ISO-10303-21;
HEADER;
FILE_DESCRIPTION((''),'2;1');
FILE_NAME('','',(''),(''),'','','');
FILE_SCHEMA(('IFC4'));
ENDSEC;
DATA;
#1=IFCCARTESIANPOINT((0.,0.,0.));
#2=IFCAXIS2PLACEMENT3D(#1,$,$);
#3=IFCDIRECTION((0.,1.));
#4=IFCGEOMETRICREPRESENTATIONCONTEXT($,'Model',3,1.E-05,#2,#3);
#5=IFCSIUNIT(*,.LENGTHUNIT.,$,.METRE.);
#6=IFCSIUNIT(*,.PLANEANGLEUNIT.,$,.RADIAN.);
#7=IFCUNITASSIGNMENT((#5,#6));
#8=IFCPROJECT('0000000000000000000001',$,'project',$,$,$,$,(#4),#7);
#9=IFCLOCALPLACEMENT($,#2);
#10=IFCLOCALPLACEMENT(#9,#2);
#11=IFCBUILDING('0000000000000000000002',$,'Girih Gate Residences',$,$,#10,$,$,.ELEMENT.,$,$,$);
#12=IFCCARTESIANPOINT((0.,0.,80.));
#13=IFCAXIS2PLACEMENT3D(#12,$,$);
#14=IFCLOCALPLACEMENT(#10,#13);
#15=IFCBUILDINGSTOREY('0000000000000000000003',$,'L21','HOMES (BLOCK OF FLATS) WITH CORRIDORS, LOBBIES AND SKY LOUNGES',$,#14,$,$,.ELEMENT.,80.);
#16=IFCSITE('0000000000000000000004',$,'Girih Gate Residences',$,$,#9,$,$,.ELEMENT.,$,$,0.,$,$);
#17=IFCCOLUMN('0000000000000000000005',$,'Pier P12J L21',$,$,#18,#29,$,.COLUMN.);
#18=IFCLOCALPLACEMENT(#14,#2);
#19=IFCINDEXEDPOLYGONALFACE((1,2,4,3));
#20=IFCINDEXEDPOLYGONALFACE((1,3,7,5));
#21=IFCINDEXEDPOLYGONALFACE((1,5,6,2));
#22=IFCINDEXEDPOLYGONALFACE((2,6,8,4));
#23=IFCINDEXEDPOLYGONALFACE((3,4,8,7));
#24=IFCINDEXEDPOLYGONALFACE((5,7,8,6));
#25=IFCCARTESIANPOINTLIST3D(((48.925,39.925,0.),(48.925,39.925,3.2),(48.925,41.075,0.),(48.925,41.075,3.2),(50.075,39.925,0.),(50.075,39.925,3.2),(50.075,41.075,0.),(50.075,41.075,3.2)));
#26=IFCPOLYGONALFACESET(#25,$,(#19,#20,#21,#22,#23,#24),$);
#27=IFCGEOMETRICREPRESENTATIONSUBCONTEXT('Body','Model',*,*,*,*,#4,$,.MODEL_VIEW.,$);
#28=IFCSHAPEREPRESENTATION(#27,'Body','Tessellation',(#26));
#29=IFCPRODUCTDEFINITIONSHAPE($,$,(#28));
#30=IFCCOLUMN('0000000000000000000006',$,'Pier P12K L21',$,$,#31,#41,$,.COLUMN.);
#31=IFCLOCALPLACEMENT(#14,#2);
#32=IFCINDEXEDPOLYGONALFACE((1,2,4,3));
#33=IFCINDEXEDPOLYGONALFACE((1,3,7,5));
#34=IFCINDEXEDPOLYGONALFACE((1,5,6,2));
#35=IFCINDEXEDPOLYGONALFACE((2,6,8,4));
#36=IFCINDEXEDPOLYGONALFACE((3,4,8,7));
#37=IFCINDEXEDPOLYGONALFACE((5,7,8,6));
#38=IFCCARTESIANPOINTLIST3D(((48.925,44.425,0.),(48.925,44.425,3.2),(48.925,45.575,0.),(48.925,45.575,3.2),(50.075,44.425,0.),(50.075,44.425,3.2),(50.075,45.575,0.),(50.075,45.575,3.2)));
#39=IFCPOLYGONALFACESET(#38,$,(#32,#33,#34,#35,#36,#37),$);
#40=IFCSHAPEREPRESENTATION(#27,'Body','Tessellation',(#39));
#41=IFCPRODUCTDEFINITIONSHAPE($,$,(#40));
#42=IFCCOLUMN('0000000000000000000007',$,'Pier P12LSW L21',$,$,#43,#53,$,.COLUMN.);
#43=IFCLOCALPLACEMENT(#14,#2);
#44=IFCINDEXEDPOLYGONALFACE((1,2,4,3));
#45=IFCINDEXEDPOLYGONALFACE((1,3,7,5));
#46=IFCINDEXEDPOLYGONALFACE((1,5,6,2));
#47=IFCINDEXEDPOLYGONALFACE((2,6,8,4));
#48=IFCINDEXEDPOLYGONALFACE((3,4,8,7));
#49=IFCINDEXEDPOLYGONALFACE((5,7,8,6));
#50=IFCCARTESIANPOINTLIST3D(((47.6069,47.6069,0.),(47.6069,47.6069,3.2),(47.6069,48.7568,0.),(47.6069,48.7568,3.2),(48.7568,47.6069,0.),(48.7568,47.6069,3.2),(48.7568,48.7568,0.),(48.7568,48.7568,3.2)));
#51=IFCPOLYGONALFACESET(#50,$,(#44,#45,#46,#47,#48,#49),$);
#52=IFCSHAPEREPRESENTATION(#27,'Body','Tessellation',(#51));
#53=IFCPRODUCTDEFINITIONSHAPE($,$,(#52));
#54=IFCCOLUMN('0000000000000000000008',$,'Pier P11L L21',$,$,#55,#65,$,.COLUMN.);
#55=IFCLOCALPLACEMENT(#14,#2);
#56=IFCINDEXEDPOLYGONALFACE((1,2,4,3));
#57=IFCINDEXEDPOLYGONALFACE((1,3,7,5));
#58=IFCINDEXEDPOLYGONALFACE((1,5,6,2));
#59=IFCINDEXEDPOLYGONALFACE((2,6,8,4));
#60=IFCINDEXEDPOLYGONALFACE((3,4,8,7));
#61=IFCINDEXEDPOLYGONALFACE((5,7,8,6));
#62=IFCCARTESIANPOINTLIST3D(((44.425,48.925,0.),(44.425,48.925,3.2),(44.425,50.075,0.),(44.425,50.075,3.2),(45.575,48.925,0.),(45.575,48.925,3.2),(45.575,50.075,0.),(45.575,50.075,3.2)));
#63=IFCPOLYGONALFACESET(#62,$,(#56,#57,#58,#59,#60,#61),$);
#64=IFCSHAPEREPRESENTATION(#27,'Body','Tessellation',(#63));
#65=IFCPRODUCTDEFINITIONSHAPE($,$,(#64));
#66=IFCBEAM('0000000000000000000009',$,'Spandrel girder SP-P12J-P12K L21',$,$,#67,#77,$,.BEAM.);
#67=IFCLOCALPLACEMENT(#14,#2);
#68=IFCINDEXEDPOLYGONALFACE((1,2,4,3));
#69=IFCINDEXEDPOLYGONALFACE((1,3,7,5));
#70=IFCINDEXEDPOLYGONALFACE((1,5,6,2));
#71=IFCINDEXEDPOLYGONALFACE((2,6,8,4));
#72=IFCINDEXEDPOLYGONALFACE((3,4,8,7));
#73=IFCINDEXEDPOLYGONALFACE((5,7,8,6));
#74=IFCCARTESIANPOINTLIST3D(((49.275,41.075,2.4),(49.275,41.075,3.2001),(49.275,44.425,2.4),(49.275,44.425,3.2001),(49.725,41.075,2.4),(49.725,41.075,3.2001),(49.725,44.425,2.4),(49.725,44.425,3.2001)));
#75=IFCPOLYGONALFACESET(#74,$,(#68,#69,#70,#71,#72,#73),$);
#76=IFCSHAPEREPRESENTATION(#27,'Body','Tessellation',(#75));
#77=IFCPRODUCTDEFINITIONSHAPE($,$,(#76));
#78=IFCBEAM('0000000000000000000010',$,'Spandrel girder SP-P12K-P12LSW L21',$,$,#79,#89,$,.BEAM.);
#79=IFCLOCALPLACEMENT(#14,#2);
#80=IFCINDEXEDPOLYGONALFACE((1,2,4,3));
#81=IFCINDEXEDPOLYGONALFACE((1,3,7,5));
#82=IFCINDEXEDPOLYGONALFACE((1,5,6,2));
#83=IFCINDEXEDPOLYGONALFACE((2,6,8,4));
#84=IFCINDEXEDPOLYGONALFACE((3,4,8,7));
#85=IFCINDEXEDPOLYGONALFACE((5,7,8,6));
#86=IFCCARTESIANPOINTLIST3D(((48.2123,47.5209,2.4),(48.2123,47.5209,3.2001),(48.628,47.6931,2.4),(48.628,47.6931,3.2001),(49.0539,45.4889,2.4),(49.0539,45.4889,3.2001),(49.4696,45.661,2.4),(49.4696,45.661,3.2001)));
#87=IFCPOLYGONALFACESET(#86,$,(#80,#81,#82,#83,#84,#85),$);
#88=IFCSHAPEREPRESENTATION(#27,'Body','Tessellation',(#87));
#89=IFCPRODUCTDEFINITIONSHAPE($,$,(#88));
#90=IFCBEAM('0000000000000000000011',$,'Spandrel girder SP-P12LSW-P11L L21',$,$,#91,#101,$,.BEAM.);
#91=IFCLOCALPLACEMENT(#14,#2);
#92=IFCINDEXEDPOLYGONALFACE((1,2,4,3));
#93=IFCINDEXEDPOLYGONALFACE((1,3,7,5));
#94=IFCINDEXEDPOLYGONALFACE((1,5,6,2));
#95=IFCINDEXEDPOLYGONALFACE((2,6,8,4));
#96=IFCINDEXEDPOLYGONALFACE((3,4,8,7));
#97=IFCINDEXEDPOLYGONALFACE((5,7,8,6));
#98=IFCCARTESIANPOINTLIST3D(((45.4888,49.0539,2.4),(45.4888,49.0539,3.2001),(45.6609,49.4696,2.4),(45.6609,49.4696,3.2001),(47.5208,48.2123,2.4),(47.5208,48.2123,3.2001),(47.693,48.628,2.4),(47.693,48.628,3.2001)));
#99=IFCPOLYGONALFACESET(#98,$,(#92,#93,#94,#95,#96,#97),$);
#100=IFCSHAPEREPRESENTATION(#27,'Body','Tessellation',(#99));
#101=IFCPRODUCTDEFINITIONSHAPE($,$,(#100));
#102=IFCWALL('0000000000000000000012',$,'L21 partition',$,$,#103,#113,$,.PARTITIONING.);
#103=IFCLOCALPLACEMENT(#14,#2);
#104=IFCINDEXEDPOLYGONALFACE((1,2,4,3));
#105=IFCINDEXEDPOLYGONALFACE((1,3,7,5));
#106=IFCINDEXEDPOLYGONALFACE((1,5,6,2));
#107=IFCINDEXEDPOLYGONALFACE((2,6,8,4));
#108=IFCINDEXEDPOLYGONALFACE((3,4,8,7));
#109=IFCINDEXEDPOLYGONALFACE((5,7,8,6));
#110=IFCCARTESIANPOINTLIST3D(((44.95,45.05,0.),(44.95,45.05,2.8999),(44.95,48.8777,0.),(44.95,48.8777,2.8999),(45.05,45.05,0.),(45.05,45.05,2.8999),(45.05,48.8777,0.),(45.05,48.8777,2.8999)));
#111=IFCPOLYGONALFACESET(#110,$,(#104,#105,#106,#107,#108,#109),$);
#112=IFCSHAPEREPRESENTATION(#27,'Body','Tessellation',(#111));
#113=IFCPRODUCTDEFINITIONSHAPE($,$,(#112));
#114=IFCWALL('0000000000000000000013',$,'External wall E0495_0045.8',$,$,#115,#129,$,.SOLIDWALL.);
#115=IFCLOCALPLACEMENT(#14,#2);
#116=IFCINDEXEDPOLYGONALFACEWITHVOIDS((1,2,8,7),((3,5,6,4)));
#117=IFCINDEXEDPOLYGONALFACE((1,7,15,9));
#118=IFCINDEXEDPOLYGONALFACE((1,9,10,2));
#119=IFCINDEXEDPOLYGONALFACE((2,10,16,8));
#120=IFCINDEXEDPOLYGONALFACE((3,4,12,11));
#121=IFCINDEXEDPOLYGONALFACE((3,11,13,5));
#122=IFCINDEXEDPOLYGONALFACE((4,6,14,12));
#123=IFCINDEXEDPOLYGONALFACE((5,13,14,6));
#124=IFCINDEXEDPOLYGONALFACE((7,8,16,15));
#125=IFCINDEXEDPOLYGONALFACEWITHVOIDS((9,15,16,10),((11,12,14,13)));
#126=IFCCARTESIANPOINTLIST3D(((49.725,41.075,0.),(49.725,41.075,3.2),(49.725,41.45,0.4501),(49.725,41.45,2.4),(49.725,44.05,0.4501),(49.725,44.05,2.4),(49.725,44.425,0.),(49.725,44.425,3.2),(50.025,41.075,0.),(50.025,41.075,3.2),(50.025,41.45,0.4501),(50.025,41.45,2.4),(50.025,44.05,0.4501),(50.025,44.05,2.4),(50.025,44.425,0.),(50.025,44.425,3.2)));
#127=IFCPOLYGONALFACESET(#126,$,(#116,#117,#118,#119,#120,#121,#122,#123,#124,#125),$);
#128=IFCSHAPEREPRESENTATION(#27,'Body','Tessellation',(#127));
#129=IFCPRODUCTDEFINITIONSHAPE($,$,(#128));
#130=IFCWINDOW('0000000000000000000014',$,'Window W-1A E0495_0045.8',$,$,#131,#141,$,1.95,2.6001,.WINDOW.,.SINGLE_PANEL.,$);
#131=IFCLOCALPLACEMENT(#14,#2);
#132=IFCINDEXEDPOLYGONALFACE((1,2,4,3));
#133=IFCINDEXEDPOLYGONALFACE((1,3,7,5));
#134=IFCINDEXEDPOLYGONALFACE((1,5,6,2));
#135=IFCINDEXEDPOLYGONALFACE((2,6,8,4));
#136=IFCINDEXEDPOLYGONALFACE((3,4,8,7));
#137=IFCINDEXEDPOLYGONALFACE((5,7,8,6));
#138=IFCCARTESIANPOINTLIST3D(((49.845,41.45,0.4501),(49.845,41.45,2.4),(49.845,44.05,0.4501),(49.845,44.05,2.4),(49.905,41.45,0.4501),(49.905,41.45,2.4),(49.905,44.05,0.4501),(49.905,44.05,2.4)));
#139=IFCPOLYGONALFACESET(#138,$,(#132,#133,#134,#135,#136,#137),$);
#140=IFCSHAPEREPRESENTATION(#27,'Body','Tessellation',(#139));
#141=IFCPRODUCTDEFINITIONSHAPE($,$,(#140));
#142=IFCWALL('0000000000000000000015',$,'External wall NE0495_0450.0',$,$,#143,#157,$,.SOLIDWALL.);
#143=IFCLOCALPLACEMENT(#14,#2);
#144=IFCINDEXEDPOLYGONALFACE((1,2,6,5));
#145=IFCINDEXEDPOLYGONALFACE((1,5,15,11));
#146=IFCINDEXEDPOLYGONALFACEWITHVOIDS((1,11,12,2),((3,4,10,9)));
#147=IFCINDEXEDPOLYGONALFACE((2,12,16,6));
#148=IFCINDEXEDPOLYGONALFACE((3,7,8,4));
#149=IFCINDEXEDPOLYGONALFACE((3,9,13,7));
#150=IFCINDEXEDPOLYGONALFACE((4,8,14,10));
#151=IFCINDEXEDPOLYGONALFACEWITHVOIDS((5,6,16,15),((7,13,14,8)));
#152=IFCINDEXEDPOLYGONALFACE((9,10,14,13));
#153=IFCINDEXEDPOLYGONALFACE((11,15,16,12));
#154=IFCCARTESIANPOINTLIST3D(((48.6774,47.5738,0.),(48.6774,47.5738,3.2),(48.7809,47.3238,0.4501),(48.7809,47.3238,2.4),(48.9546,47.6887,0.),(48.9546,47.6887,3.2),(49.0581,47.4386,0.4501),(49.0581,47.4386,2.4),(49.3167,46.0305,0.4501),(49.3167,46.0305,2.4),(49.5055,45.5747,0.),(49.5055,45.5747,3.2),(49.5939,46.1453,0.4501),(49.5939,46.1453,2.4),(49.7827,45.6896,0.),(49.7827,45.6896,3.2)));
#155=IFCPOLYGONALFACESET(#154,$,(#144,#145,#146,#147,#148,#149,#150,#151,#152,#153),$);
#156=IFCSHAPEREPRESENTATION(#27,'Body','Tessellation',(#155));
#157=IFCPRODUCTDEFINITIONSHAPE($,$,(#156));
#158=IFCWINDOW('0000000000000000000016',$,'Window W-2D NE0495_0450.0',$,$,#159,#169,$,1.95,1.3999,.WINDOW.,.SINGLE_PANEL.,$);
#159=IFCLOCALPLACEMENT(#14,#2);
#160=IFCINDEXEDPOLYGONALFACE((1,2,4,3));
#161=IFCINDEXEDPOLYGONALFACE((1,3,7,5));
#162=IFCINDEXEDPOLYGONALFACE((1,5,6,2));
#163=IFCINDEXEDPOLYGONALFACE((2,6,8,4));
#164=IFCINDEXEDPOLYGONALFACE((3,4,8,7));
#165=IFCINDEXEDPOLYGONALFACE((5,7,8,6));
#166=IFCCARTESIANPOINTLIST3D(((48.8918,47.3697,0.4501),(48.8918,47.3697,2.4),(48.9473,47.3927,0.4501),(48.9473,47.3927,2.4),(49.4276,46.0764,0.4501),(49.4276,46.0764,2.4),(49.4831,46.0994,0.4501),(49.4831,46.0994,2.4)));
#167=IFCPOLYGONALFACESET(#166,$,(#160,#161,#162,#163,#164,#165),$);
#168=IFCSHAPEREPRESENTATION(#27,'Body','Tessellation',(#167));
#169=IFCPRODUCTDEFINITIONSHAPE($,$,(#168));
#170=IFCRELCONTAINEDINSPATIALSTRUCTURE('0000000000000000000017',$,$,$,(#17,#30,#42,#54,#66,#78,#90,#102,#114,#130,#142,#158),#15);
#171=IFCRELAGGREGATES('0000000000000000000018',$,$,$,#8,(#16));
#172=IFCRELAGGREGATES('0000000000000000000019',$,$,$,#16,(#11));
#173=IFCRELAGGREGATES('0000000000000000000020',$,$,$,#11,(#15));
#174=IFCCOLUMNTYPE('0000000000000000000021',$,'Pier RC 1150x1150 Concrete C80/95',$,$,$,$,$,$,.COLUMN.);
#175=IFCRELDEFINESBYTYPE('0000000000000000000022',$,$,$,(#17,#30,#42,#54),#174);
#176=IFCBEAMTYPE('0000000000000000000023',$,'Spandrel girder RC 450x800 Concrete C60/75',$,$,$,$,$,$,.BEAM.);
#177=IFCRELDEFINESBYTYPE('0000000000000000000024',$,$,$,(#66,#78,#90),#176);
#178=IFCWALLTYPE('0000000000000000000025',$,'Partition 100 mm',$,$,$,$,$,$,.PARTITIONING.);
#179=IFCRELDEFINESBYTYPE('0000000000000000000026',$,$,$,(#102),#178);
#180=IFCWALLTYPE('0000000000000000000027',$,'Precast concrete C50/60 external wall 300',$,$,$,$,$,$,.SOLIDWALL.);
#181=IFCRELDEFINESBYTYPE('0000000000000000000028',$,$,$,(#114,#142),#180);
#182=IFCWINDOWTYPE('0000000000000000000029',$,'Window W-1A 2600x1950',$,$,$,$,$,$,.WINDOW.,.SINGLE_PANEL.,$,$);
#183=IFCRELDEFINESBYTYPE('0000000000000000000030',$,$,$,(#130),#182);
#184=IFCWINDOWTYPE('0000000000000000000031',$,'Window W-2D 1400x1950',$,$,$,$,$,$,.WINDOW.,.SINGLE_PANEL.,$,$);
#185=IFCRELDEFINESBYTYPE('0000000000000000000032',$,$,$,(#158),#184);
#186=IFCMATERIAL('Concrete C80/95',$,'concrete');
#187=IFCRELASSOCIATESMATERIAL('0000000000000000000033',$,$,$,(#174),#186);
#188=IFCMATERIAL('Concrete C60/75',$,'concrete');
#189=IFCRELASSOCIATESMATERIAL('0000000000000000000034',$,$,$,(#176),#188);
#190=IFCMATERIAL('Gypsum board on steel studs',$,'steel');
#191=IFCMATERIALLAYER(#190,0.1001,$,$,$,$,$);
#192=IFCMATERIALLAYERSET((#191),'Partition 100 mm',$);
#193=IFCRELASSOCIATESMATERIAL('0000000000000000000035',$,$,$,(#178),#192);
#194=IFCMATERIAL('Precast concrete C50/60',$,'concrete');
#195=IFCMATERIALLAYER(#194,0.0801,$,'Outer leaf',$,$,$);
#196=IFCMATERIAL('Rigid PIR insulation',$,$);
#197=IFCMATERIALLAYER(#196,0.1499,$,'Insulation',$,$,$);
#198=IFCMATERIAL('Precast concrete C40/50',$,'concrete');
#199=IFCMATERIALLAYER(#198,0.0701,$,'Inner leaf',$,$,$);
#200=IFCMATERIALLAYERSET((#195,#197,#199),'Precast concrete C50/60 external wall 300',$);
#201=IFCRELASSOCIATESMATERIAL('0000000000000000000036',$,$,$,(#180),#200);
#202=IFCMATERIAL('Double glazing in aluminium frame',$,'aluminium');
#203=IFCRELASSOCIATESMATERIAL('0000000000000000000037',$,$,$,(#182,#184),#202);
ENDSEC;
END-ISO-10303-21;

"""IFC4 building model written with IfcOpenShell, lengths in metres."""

from ifc_helpers import new_model, si_unit, direction, frame, frame_2d, origin, origin_2d, place, context, subcontext, project, spatial, rectangle, extrude, material, layer, layer_set, material_profile, profile_set, type_object, element, fill, save


model = new_model("IFC4")

# Units and contexts
model_context = context("Model", 3, precision=1e-05, world=origin(), true_north=direction((0.0, 1.0)))
body_context = subcontext(model_context, "Body", "Model", "MODEL_VIEW")
ifc_project = project(units=[si_unit("LENGTHUNIT", "METRE"), si_unit("PLANEANGLEUNIT", "RADIAN")], contexts=[model_context])

# Site, building, storey
site_placement = place(None, origin())
site = spatial("IfcSite", under=ifc_project, at=site_placement, Name="Girih Gate Residences", CompositionType="ELEMENT", RefElevation=0.0)
building_placement = place(site_placement, origin())
building = spatial("IfcBuilding", under=site, at=building_placement, Name="Girih Gate Residences", CompositionType="ELEMENT")
storey_placement = place(building_placement, frame((0.0, 0.0, 80.0)))
storey = spatial("IfcBuildingStorey", under=building, at=storey_placement, Name="L21", Description="HOMES (BLOCK OF FLATS) WITH CORRIDORS, LOBBIES AND SKY LOUNGES", CompositionType="ELEMENT", Elevation=80.0)

# Columns
ifc_material_1 = material(Name="Concrete C80/95", Category="concrete")
ifc_material_profile_1 = material_profile(ifc_material_1, rectangle(XDim=1.1499, YDim=1.1499, at=origin_2d()))
ifc_profile_set_1 = profile_set([ifc_material_profile_1], Name="Concrete C80/95")
column_type = type_object("IfcColumnType", Name="Pier RC 1150x1150 Concrete C80/95", PredefinedType="COLUMN", material=ifc_profile_set_1)
for number, where, z_axis, x_axis, name in (
    (1, (49.5, 40.5, 0.0), (0.0, 0.0, 1.0), (1.0, 0.0, 0.0), "Pier P12J L21"),
    (2, (49.5, 45.0, 0.0), (0.0, 0.0, 1.0), (1.0, 0.0, 0.0), "Pier P12K L21"),
    (3, (48.1819, 48.1819, 0.0), (0.0, 0.0, 1.0), (1.0, 0.0, 0.0), "Pier P12LSW L21"),
    (4, (45.0, 49.5, 0.0), (0.0, 0.0, 1.0), (1.0, 0.0, 0.0), "Pier P11L L21"),
):
    element("IfcColumn", number, at=place(storey_placement, frame(where, z_axis=z_axis, x_axis=x_axis)), inside=storey, type_object=column_type, Name=name, PredefinedType="COLUMN", context=body_context, shape_type="SweptSolid", body=[
        extrude(rectangle(XDim=1.1499, YDim=1.1499, at=origin_2d()), origin(), (0.0, 0.0, 1.0), 3.2),
    ])

# Beams
ifc_material_2 = material(Name="Concrete C60/75", Category="concrete")
ifc_material_profile_2 = material_profile(ifc_material_2, rectangle(XDim=0.45, YDim=0.8, at=origin_2d()))
ifc_profile_set_2 = profile_set([ifc_material_profile_2], Name="Concrete C60/75")
beam_type = type_object("IfcBeamType", Name="Spandrel girder RC 450x800 Concrete C60/75", PredefinedType="BEAM", material=ifc_profile_set_2)
beam_placement = place(storey_placement, frame((49.5, 41.075, 2.8), z_axis=(0.0, 1.0, 0.0), x_axis=(-1.0, 0.0, 0.0)))
element("IfcBeam", 5, at=beam_placement, inside=storey, type_object=beam_type, Name="Spandrel girder SP-P12J-P12K L21", PredefinedType="BEAM", context=body_context, shape_type="SweptSolid", body=[
    extrude(rectangle(XDim=0.45, YDim=0.8, at=origin_2d()), origin(), (0.0, 0.0, 1.0), 3.3501),
])
for number, where, z_axis, x_axis, name in (
    (6, (49.2617, 45.575, 2.8), (-0.382636, 0.923899, 0.0), (-0.923899, -0.382636, 0.0), "Spandrel girder SP-P12K-P12LSW L21"),
    (7, (47.6069, 48.4202, 2.8), (-0.923899, 0.382636, 0.0), (-0.382636, -0.923899, 0.0), "Spandrel girder SP-P12LSW-P11L L21"),
):
    element("IfcBeam", number, at=place(storey_placement, frame(where, z_axis=z_axis, x_axis=x_axis)), inside=storey, type_object=beam_type, Name=name, PredefinedType="BEAM", context=body_context, shape_type="SweptSolid", body=[
        extrude(rectangle(XDim=0.45, YDim=0.8, at=origin_2d()), origin(), (0.0, 0.0, 1.0), 2.1995),
    ])

# Wall
ifc_material_3 = material(Name="Gypsum board on steel studs", Category="steel")
ifc_layer_1 = layer(ifc_material_3, 0.1001)
ifc_layer_set_1 = layer_set([ifc_layer_1], Name="Partition 100 mm")
wall_type_1 = type_object("IfcWallType", Name="Partition 100 mm", PredefinedType="PARTITIONING", material=ifc_layer_set_1)
wall_1_placement = place(storey_placement, frame((45.0, 45.05, 0.0), z_axis=(0.0, 0.0, 1.0), x_axis=(0.0, 1.0, 0.0)))
element("IfcWall", 8, at=wall_1_placement, inside=storey, type_object=wall_type_1, Name="L21 partition", PredefinedType="PARTITIONING", context=body_context, shape_type="SweptSolid", body=[
    extrude(rectangle(XDim=3.8276, YDim=0.1001, at=frame_2d((1.9138, 0.0))), origin(), (0.0, 0.0, 1.0), 2.8999),
])

# Walls, openings, windows
ifc_material_4 = material(Name="Precast concrete C50/60", Category="concrete")
ifc_layer_2 = layer(ifc_material_4, 0.0801, Name="Outer leaf")
ifc_material_5 = material(Name="Rigid PIR insulation")
ifc_layer_3 = layer(ifc_material_5, 0.1499, Name="Insulation")
ifc_material_6 = material(Name="Precast concrete C40/50", Category="concrete")
ifc_layer_4 = layer(ifc_material_6, 0.0701, Name="Inner leaf")
ifc_layer_set_2 = layer_set([ifc_layer_2, ifc_layer_3, ifc_layer_4], Name="Precast concrete C50/60 external wall 300")
wall_type_2 = type_object("IfcWallType", Name="Precast concrete C50/60 external wall 300", PredefinedType="SOLIDWALL", material=ifc_layer_set_2)
wall_2_placement = place(storey_placement, frame((49.875, 44.425, 0.0), z_axis=(0.0, 0.0, 1.0), x_axis=(0.0, -1.0, 0.0)))
wall_2 = element("IfcWall", 9, at=wall_2_placement, inside=storey, type_object=wall_type_2, Name="External wall E0495_0045.8", PredefinedType="SOLIDWALL", context=body_context, shape_type="SweptSolid", body=[
    extrude(rectangle(XDim=3.3501, YDim=0.3, at=frame_2d((1.675, 0.0))), origin(), (0.0, 0.0, 1.0), 3.2),
])
opening_1_placement = place(wall_2_placement, frame((0.375, 0.0, 0.45)))
opening_1 = element("IfcOpeningElement", 10, at=opening_1_placement, cuts=wall_2, PredefinedType="OPENING", context=body_context, shape_type="SweptSolid", body=[
    extrude(rectangle(XDim=2.6001, YDim=1.95, at=frame_2d((1.3, 0.9751))), frame((0.0, 0.1599, 0.0), z_axis=(0.0, -1.0, 0.0), x_axis=(1.0, 0.0, 0.0)), (0.0, 0.0, 1.0), 0.3201),
])
ifc_material_7 = material(Name="Double glazing in aluminium frame", Category="aluminium")
window_type_1 = type_object("IfcWindowType", Name="Window W-1A 2600x1950", PartitioningType="SINGLE_PANEL", PredefinedType="WINDOW", material=ifc_material_7)
window_1_placement = place(opening_1_placement, origin())
window_1 = element("IfcWindow", 11, at=window_1_placement, inside=storey, type_object=window_type_1, Name="Window W-1A E0495_0045.8", OverallHeight=1.95, OverallWidth=2.6001, PartitioningType="SINGLE_PANEL", PredefinedType="WINDOW", context=body_context, shape_type="SweptSolid", body=[
    extrude(rectangle(XDim=2.6001, YDim=1.95, at=frame_2d((1.3, 0.9751))), frame((0.0, 0.03, 0.0), z_axis=(0.0, -1.0, 0.0), x_axis=(1.0, 0.0, 0.0)), (0.0, 0.0, 1.0), 0.0601),
])
fill(opening_1, window_1)
wall_3_placement = place(storey_placement, frame((48.8159, 47.6313, 0.0), z_axis=(0.0, 0.0, 1.0), x_axis=(0.382724, -0.923863, 0.0)))
wall_3 = element("IfcWall", 12, at=wall_3_placement, inside=storey, type_object=wall_type_2, Name="External wall NE0495_0450.0", PredefinedType="SOLIDWALL", context=body_context, shape_type="SweptSolid", body=[
    extrude(rectangle(XDim=2.1638, YDim=0.3, at=frame_2d((1.082, 0.0))), origin(), (0.0, 0.0, 1.0), 3.2),
])
opening_2_placement = place(wall_3_placement, frame((0.2708, 0.0, 0.45)))
opening_2 = element("IfcOpeningElement", 13, at=opening_2_placement, cuts=wall_3, PredefinedType="OPENING", context=body_context, shape_type="SweptSolid", body=[
    extrude(rectangle(XDim=1.3999, YDim=1.95, at=frame_2d((0.7, 0.9751))), frame((0.0, 0.1599, 0.0), z_axis=(0.0, -1.0, 0.0), x_axis=(1.0, 0.0, 0.0)), (0.0, 0.0, 1.0), 0.3201),
])
window_type_2 = type_object("IfcWindowType", Name="Window W-2D 1400x1950", PartitioningType="SINGLE_PANEL", PredefinedType="WINDOW", material=ifc_material_7)
window_2_placement = place(opening_2_placement, origin())
window_2 = element("IfcWindow", 14, at=window_2_placement, inside=storey, type_object=window_type_2, Name="Window W-2D NE0495_0450.0", OverallHeight=1.95, OverallWidth=1.3999, PartitioningType="SINGLE_PANEL", PredefinedType="WINDOW", context=body_context, shape_type="SweptSolid", body=[
    extrude(rectangle(XDim=1.3999, YDim=1.95, at=frame_2d((0.7, 0.9751))), frame((0.0, 0.03, 0.0), z_axis=(0.0, -1.0, 0.0), x_axis=(1.0, 0.0, 0.0)), (0.0, 0.0, 1.0), 0.0601),
])
fill(opening_2, window_2)

save(model, "model.ifc")
